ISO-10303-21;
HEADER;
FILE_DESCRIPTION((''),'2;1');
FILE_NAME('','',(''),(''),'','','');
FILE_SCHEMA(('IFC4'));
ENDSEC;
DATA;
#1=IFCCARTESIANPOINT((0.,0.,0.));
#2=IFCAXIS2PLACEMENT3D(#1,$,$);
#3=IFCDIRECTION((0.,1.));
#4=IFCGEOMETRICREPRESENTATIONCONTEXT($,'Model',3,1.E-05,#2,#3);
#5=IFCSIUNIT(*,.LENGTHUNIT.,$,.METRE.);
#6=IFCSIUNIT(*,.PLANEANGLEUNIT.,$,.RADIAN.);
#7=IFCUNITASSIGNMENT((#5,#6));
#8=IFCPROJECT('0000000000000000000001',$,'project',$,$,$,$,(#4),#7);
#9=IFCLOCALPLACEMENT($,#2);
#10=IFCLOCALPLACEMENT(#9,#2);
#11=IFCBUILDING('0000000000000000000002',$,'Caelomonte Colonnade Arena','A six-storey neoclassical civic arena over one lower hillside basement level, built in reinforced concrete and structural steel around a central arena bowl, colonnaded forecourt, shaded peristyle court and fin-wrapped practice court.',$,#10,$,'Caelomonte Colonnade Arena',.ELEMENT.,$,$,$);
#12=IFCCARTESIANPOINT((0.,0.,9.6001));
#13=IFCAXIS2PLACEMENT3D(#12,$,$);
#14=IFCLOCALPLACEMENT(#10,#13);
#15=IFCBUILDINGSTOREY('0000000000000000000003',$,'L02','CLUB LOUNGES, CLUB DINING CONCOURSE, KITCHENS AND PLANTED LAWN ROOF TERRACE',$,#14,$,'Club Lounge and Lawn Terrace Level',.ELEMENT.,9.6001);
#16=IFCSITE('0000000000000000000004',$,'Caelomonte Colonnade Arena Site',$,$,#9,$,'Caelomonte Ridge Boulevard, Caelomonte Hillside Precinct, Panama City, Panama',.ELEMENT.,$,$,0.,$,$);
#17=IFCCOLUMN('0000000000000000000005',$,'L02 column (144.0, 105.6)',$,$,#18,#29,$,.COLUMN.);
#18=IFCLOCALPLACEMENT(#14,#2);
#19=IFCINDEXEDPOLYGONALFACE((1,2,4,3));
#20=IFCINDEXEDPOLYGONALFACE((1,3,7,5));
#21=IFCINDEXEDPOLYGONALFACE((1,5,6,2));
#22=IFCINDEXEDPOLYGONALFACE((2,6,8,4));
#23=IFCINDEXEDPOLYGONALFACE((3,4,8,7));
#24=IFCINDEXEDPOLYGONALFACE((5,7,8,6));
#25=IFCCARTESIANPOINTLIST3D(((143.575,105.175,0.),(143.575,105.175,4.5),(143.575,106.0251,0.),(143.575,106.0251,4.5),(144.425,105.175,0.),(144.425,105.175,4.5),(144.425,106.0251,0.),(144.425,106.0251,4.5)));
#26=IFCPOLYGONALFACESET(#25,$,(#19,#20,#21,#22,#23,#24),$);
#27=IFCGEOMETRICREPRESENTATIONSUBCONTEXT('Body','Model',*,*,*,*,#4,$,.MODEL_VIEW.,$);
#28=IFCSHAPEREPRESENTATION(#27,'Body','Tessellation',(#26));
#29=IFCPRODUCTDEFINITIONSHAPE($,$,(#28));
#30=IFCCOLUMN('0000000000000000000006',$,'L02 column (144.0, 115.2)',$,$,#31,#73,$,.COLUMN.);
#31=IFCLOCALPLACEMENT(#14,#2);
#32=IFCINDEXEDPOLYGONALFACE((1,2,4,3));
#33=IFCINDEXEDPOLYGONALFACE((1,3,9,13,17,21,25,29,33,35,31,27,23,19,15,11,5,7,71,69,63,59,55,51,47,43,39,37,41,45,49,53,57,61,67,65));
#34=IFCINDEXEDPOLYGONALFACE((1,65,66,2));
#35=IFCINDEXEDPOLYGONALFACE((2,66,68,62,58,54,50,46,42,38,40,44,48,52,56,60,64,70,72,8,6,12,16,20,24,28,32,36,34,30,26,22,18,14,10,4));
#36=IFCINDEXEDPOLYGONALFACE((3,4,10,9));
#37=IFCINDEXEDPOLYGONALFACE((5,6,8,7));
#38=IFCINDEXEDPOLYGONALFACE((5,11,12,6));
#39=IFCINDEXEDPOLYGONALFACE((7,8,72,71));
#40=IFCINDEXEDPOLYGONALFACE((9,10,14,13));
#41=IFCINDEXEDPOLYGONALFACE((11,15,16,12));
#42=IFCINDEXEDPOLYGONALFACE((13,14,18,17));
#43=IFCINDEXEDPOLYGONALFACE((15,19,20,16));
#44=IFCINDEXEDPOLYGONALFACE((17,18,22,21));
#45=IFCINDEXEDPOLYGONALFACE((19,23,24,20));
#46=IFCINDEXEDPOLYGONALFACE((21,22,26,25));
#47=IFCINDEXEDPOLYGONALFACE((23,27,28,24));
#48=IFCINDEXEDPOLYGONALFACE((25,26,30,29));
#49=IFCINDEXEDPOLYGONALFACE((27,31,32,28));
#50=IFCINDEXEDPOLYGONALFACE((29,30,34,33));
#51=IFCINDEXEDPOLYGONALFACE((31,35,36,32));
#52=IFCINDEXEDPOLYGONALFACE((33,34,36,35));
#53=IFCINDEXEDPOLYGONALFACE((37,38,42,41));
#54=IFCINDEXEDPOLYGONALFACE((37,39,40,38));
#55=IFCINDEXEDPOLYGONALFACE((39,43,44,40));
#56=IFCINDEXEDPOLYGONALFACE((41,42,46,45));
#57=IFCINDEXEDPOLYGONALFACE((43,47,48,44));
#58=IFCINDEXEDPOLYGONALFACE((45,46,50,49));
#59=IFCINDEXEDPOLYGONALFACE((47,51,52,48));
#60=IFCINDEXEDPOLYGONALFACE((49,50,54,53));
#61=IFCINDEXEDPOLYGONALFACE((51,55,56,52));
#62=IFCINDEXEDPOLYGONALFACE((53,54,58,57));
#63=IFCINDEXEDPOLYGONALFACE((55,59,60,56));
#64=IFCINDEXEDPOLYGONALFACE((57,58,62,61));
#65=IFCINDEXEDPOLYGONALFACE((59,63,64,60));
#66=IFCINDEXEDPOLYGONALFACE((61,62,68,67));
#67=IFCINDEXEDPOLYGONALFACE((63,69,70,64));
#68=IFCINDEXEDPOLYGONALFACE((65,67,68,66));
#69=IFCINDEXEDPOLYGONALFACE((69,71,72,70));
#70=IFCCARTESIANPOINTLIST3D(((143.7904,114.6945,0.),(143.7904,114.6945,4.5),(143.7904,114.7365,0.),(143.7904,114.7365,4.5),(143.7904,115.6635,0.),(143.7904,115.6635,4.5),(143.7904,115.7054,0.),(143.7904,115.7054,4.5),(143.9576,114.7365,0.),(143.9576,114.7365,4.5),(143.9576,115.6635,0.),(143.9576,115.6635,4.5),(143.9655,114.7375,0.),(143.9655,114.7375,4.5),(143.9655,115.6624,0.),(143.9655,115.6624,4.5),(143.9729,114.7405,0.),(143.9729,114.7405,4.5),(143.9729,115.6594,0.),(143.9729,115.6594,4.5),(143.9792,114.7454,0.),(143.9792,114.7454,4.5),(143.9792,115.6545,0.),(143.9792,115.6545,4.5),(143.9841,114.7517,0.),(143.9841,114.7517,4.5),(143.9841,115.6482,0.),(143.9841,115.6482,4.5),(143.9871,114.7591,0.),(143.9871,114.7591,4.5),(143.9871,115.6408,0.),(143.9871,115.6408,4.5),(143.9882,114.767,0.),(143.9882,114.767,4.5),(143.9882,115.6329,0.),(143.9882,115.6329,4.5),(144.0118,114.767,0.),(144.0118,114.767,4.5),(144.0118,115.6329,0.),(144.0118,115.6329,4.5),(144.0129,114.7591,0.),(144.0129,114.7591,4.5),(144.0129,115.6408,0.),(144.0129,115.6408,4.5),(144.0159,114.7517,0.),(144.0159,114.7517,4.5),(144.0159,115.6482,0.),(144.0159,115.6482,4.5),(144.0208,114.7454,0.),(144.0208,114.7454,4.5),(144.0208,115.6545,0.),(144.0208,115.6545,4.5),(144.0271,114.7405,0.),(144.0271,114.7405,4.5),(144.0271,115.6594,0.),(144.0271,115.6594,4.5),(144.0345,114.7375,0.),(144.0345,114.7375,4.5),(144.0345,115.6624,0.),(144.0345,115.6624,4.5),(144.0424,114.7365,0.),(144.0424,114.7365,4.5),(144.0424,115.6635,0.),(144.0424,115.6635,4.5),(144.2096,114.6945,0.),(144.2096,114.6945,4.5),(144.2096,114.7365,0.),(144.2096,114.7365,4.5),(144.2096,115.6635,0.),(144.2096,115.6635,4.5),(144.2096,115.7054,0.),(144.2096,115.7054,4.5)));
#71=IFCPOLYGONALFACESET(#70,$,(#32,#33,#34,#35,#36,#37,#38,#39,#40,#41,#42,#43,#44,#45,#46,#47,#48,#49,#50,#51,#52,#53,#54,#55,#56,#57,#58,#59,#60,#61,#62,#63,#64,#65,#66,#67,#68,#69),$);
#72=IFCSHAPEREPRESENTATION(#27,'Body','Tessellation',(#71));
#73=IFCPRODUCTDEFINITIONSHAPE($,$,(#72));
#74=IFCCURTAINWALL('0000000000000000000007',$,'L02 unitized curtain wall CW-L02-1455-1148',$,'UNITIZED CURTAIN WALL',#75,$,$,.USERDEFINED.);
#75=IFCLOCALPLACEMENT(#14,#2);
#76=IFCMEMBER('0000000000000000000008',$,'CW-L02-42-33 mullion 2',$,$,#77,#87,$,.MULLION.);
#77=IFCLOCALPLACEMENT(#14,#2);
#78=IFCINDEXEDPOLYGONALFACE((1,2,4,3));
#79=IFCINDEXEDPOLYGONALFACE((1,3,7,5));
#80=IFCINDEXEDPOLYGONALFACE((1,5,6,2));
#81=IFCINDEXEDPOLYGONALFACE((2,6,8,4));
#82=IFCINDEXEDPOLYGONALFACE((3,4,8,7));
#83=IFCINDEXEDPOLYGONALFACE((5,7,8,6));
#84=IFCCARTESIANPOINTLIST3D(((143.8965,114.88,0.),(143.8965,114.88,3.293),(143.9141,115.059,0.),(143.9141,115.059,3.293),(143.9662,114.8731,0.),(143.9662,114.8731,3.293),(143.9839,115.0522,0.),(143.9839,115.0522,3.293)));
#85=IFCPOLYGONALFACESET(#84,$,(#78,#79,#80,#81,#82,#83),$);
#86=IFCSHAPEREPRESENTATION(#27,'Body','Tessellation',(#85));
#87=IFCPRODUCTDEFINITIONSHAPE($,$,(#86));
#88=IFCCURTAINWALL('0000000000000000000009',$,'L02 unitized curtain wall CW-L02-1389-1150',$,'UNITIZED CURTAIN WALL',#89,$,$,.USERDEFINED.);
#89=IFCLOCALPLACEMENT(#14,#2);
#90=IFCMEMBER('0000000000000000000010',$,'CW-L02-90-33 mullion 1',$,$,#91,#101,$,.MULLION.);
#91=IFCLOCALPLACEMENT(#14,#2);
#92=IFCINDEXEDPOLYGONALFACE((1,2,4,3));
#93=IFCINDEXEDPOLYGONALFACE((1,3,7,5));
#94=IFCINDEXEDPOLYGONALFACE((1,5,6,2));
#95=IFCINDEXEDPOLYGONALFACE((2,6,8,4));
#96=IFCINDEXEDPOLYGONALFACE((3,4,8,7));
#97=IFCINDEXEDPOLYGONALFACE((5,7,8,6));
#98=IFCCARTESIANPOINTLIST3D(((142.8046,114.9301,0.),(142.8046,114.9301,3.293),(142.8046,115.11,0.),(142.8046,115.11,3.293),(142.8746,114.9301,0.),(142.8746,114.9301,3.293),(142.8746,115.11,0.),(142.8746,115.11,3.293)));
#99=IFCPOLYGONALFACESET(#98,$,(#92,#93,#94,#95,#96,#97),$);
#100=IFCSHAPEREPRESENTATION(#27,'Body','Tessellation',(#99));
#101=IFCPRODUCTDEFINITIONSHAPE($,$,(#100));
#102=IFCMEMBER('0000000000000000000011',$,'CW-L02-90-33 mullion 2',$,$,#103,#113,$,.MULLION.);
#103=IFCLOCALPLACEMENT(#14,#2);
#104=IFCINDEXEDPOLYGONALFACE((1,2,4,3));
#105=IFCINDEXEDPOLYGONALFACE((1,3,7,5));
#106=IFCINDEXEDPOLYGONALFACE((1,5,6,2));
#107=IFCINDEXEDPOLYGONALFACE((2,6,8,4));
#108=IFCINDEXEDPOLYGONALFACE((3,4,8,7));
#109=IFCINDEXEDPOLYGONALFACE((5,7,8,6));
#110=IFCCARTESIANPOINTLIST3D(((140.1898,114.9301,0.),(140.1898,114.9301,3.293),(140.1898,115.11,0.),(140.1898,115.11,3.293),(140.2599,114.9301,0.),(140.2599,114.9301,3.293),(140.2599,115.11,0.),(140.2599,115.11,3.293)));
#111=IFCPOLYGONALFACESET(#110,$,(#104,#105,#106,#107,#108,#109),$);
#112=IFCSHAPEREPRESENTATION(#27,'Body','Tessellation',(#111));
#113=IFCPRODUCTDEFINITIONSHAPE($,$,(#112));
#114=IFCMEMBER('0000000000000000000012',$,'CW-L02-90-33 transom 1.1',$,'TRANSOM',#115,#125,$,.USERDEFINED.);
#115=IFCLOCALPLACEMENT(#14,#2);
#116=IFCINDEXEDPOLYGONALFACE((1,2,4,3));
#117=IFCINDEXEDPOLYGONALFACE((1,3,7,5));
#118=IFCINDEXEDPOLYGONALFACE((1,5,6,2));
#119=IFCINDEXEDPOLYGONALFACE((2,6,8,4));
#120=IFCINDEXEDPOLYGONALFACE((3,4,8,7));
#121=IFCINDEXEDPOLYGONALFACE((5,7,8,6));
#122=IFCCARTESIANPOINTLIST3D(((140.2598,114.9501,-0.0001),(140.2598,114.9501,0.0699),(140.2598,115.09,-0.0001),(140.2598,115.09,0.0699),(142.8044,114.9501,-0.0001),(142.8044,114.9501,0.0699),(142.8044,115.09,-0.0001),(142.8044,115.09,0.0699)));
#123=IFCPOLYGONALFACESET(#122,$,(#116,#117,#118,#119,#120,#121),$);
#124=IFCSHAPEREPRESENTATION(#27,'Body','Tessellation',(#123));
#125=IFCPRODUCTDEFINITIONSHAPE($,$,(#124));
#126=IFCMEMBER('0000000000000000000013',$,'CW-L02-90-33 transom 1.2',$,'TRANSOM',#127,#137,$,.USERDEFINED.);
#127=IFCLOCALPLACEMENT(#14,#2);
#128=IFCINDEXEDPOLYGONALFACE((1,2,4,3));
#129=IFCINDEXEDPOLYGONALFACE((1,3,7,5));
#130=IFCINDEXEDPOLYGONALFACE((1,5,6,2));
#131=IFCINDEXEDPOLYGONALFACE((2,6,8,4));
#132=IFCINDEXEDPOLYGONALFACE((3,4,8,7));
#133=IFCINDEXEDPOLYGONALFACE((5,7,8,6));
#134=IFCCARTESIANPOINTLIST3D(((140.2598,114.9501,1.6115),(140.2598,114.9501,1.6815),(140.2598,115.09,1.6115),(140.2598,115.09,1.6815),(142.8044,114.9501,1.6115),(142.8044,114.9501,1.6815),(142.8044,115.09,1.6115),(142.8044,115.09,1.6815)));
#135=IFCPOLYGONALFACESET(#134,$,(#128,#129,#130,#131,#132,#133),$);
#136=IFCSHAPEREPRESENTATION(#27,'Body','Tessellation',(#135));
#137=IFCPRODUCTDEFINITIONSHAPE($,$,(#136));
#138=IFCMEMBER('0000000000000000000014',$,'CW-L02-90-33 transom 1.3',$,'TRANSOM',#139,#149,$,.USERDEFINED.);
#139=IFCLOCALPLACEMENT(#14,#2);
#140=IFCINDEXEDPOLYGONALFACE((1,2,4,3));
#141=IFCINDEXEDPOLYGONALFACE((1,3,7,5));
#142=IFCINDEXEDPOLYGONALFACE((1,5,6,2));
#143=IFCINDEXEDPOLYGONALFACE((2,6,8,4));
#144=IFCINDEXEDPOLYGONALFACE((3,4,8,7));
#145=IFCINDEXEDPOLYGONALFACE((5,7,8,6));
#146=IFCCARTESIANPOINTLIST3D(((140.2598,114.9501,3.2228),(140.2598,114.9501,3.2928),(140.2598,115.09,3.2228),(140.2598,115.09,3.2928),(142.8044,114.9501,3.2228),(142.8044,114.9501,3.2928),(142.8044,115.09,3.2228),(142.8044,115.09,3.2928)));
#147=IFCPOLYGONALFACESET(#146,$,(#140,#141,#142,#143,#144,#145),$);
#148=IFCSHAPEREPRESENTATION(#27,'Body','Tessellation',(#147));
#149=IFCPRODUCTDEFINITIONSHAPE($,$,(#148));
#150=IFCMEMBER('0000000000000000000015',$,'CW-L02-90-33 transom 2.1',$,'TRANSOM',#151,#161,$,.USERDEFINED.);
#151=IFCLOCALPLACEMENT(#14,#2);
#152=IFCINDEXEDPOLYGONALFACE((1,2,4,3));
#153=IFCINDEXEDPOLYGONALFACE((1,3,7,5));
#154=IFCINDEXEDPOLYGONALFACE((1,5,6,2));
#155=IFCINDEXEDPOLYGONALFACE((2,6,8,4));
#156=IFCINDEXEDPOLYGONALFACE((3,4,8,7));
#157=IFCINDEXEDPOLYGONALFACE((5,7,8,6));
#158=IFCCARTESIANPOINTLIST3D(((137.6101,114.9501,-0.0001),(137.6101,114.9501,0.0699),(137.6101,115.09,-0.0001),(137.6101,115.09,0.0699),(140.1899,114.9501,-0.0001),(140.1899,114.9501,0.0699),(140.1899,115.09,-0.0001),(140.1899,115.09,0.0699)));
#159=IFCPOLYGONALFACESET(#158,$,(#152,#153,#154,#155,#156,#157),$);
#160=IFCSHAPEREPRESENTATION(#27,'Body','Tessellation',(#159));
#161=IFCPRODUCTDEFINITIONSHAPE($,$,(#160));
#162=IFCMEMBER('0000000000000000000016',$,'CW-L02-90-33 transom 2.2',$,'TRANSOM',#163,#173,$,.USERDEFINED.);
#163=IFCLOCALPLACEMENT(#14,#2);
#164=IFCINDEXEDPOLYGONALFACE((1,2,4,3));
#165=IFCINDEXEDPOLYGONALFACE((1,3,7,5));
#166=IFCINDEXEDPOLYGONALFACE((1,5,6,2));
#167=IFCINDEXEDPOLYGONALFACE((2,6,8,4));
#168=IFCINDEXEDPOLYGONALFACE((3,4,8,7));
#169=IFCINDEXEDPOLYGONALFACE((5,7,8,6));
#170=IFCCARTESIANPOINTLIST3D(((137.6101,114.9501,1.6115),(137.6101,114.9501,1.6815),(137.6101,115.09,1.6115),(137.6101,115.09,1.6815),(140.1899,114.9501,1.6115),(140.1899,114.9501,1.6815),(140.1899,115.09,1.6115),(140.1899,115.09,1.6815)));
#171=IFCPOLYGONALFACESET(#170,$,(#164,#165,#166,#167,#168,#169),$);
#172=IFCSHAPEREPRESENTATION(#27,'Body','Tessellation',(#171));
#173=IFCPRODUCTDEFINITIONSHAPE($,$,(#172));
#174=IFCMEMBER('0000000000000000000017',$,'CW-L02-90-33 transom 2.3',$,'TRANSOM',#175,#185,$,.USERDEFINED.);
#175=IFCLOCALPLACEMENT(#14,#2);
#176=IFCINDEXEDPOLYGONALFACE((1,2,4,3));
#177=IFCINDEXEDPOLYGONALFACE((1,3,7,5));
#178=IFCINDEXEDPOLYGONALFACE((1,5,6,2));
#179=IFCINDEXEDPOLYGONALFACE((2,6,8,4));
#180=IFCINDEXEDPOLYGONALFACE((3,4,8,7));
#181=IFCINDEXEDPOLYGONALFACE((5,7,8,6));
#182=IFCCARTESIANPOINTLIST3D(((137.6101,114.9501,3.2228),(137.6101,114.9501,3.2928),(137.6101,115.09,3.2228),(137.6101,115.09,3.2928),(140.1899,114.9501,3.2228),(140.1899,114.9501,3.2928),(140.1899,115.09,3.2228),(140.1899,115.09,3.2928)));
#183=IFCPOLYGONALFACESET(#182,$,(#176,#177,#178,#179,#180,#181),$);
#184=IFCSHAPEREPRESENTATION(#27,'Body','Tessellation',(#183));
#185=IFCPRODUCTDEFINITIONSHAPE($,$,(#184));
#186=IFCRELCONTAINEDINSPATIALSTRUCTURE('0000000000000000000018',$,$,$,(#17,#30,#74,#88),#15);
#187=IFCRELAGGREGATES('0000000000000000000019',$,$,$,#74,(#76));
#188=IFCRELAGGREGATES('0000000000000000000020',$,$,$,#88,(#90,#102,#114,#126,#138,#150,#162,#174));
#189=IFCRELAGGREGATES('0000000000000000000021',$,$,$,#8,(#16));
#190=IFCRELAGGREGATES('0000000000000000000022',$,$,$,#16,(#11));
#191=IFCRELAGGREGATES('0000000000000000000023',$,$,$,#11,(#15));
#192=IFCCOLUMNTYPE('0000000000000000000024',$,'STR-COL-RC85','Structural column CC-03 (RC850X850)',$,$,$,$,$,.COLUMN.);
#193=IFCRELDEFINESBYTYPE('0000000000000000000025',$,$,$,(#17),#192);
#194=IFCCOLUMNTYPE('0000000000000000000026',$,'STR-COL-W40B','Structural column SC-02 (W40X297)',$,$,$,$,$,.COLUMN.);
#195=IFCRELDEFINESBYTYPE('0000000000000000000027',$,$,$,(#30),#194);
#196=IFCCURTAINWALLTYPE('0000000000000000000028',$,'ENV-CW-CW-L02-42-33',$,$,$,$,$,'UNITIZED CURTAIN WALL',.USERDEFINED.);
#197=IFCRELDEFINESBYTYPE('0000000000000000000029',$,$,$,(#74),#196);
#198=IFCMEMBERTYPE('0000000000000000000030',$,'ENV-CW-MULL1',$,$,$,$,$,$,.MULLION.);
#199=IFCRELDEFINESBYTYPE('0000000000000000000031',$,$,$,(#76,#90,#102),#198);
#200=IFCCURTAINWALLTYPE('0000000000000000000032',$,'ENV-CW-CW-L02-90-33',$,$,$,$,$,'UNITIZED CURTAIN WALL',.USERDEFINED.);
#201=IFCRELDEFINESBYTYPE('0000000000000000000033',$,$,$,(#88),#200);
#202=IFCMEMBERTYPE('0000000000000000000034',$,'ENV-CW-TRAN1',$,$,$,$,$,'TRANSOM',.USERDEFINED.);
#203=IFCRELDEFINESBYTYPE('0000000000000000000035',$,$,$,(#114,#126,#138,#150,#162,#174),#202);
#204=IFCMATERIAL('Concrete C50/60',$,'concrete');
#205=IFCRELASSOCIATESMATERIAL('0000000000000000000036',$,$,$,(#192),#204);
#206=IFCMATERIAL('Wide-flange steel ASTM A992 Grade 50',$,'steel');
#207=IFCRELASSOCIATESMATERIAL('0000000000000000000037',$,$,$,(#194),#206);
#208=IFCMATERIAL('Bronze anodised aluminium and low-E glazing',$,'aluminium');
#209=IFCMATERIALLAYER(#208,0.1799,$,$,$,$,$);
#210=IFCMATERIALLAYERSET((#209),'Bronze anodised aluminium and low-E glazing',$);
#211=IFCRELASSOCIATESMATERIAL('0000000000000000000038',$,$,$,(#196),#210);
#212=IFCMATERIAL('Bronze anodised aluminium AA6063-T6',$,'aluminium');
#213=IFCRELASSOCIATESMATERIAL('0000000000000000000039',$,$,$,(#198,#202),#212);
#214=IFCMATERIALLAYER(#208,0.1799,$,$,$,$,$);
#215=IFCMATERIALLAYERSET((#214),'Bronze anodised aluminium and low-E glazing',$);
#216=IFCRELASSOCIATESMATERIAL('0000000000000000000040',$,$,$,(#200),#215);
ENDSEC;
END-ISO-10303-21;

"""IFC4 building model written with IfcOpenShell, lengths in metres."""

from ifc_helpers import new_model, si_unit, direction, frame, origin, origin_2d, place, context, subcontext, project, spatial, rectangle, i_section, extrude, material, layer, layer_set, material_profile, profile_set, type_object, element, aggregate, save


model = new_model("IFC4")

# Units and contexts
model_context = context("Model", 3, precision=1e-05, world=origin(), true_north=direction((0.0, 1.0)))
body_context = subcontext(model_context, "Body", "Model", "MODEL_VIEW")
ifc_project = project(units=[si_unit("LENGTHUNIT", "METRE"), si_unit("PLANEANGLEUNIT", "RADIAN")], contexts=[model_context])

# Site, building, storey
site_placement = place(None, origin())
site = spatial("IfcSite", under=ifc_project, at=site_placement, Name="Caelomonte Colonnade Arena Site", LongName="Caelomonte Ridge Boulevard, Caelomonte Hillside Precinct, Panama City, Panama", CompositionType="ELEMENT", RefElevation=0.0)
building_placement = place(site_placement, origin())
building = spatial("IfcBuilding", under=site, at=building_placement, Name="Caelomonte Colonnade Arena", Description="A six-storey neoclassical civic arena over one lower hillside basement level, built in reinforced concrete and structural steel around a central arena bowl, colonnaded forecourt, shaded peristyle court and fin-wrapped practice court.", LongName="Caelomonte Colonnade Arena", CompositionType="ELEMENT")
storey_placement = place(building_placement, frame((0.0, 0.0, 9.6001)))
storey = spatial("IfcBuildingStorey", under=building, at=storey_placement, Name="L02", Description="CLUB LOUNGES, CLUB DINING CONCOURSE, KITCHENS AND PLANTED LAWN ROOF TERRACE", LongName="Club Lounge and Lawn Terrace Level", CompositionType="ELEMENT", Elevation=9.6001)

# Columns
ifc_material_1 = material(Name="Concrete C50/60", Category="concrete")
ifc_material_profile_1 = material_profile(ifc_material_1, rectangle(XDim=0.8501, YDim=0.8501, at=origin_2d()), Name="RC850X850")
ifc_profile_set_1 = profile_set([ifc_material_profile_1], Name="Concrete C50/60")
column_type_1 = type_object("IfcColumnType", Name="STR-COL-RC85", Description="Structural column CC-03 (RC850X850)", PredefinedType="COLUMN", material=ifc_profile_set_1)
column_1_placement = place(storey_placement, frame((144.0, 105.6001, 0.0), z_axis=(0.0, 0.0, 1.0), x_axis=(1.0, 0.0, 0.0)))
element("IfcColumn", 1, at=column_1_placement, inside=storey, type_object=column_type_1, Name="L02 column (144.0, 105.6)", PredefinedType="COLUMN", context=body_context, shape_type="SweptSolid", body=[
    extrude(rectangle(XDim=0.8501, YDim=0.8501, at=origin_2d()), origin(), (0.0, 0.0, 1.0), 4.5),
])
ifc_material_2 = material(Name="Wide-flange steel ASTM A992 Grade 50", Category="steel")
ifc_material_profile_2 = material_profile(ifc_material_2, i_section(OverallWidth=0.4192, OverallDepth=1.011, WebThickness=0.0237, FlangeThickness=0.042, FilletRadius=0.0305, at=origin_2d()), Name="W40X297")
ifc_profile_set_2 = profile_set([ifc_material_profile_2], Name="Wide-flange steel ASTM A992 Grade 50")
column_type_2 = type_object("IfcColumnType", Name="STR-COL-W40B", Description="Structural column SC-02 (W40X297)", PredefinedType="COLUMN", material=ifc_profile_set_2)
column_2_placement = place(storey_placement, frame((144.0, 115.2, 0.0), z_axis=(0.0, 0.0, 1.0), x_axis=(1.0, 0.0, 0.0)))
element("IfcColumn", 2, at=column_2_placement, inside=storey, type_object=column_type_2, Name="L02 column (144.0, 115.2)", PredefinedType="COLUMN", context=body_context, shape_type="SweptSolid", body=[
    extrude(i_section(OverallWidth=0.4192, OverallDepth=1.011, WebThickness=0.0237, FlangeThickness=0.042, FilletRadius=0.0305, at=origin_2d()), origin(), (0.0, 0.0, 1.0), 4.5),
])

# Curtain wall, member
ifc_material_3 = material(Name="Bronze anodised aluminium and low-E glazing", Category="aluminium")
ifc_layer_1 = layer(ifc_material_3, 0.1799)
ifc_layer_set_1 = layer_set([ifc_layer_1], Name="Bronze anodised aluminium and low-E glazing")
curtain_wall_type_1 = type_object("IfcCurtainWallType", Name="ENV-CW-CW-L02-42-33", ElementType="UNITIZED CURTAIN WALL", PredefinedType="USERDEFINED", material=ifc_layer_set_1)
curtain_wall_1_placement = place(storey_placement, origin())
curtain_wall_1 = element("IfcCurtainWall", 3, at=curtain_wall_1_placement, inside=storey, type_object=curtain_wall_type_1, Name="L02 unitized curtain wall CW-L02-1455-1148", ObjectType="UNITIZED CURTAIN WALL", PredefinedType="USERDEFINED")
ifc_material_4 = material(Name="Bronze anodised aluminium AA6063-T6", Category="aluminium")
ifc_material_profile_3 = material_profile(ifc_material_4, rectangle(XDim=0.0701, YDim=0.1799, at=origin_2d()), Name="CWM-70X180")
ifc_profile_set_3 = profile_set([ifc_material_profile_3], Name="Bronze anodised aluminium AA6063-T6")
member_type_1 = type_object("IfcMemberType", Name="ENV-CW-MULL1", PredefinedType="MULLION", material=ifc_profile_set_3)
member_1_placement = place(storey_placement, frame((143.9402, 114.9661, 0.0), z_axis=(0.0, 0.0, 1.0), x_axis=(-0.995184, 0.098023, 0.0)))
member_1 = element("IfcMember", 4, at=member_1_placement, type_object=member_type_1, Name="CW-L02-42-33 mullion 2", PredefinedType="MULLION", context=body_context, shape_type="SweptSolid", body=[
    extrude(rectangle(XDim=0.0701, YDim=0.1799, at=origin_2d()), origin(), (0.0, 0.0, 1.0), 3.293),
])

# Curtain wall, members
ifc_layer_2 = layer(ifc_material_3, 0.1799)
ifc_layer_set_2 = layer_set([ifc_layer_2], Name="Bronze anodised aluminium and low-E glazing")
curtain_wall_type_2 = type_object("IfcCurtainWallType", Name="ENV-CW-CW-L02-90-33", ElementType="UNITIZED CURTAIN WALL", PredefinedType="USERDEFINED", material=ifc_layer_set_2)
curtain_wall_2_placement = place(storey_placement, origin())
curtain_wall_2 = element("IfcCurtainWall", 5, at=curtain_wall_2_placement, inside=storey, type_object=curtain_wall_type_2, Name="L02 unitized curtain wall CW-L02-1389-1150", ObjectType="UNITIZED CURTAIN WALL", PredefinedType="USERDEFINED")
member_2_placement = place(storey_placement, frame((142.8396, 115.02, 0.0), z_axis=(0.0, 0.0, 1.0), x_axis=(-1.0, 0.0, 0.0)))
member_2 = element("IfcMember", 6, at=member_2_placement, type_object=member_type_1, Name="CW-L02-90-33 mullion 1", PredefinedType="MULLION", context=body_context, shape_type="SweptSolid", body=[
    extrude(rectangle(XDim=0.0701, YDim=0.1799, at=origin_2d()), origin(), (0.0, 0.0, 1.0), 3.293),
])
member_3_placement = place(storey_placement, frame((140.2249, 115.02, 0.0), z_axis=(0.0, 0.0, 1.0), x_axis=(-1.0, 0.0, 0.0)))
member_3 = element("IfcMember", 7, at=member_3_placement, type_object=member_type_1, Name="CW-L02-90-33 mullion 2", PredefinedType="MULLION", context=body_context, shape_type="SweptSolid", body=[
    extrude(rectangle(XDim=0.0701, YDim=0.1799, at=origin_2d()), origin(), (0.0, 0.0, 1.0), 3.293),
])
ifc_material_profile_4 = material_profile(ifc_material_4, rectangle(XDim=0.0701, YDim=0.1399, at=origin_2d()), Name="CWT-70X140")
ifc_profile_set_4 = profile_set([ifc_material_profile_4], Name="Bronze anodised aluminium AA6063-T6")
member_type_2 = type_object("IfcMemberType", Name="ENV-CW-TRAN1", ElementType="TRANSOM", PredefinedType="USERDEFINED", material=ifc_profile_set_4)
member_4_placement = place(storey_placement, frame((142.8044, 115.02, 0.0349), z_axis=(-1.0, 0.0, 0.0), x_axis=(0.0, 0.0, 1.0)))
member_4 = element("IfcMember", 8, at=member_4_placement, type_object=member_type_2, Name="CW-L02-90-33 transom 1.1", ObjectType="TRANSOM", PredefinedType="USERDEFINED", context=body_context, shape_type="SweptSolid", body=[
    extrude(rectangle(XDim=0.0701, YDim=0.1399, at=origin_2d()), origin(), (0.0, 0.0, 1.0), 2.5447),
])
member_5_placement = place(storey_placement, frame((142.8044, 115.02, 1.6465), z_axis=(-1.0, 0.0, 0.0), x_axis=(0.0, 0.0, 1.0)))
member_5 = element("IfcMember", 9, at=member_5_placement, type_object=member_type_2, Name="CW-L02-90-33 transom 1.2", ObjectType="TRANSOM", PredefinedType="USERDEFINED", context=body_context, shape_type="SweptSolid", body=[
    extrude(rectangle(XDim=0.0701, YDim=0.1399, at=origin_2d()), origin(), (0.0, 0.0, 1.0), 2.5447),
])
member_6_placement = place(storey_placement, frame((142.8044, 115.02, 3.2578), z_axis=(-1.0, 0.0, 0.0), x_axis=(0.0, 0.0, 1.0)))
member_6 = element("IfcMember", 10, at=member_6_placement, type_object=member_type_2, Name="CW-L02-90-33 transom 1.3", ObjectType="TRANSOM", PredefinedType="USERDEFINED", context=body_context, shape_type="SweptSolid", body=[
    extrude(rectangle(XDim=0.0701, YDim=0.1399, at=origin_2d()), origin(), (0.0, 0.0, 1.0), 2.5447),
])
member_7_placement = place(storey_placement, frame((140.1899, 115.02, 0.0349), z_axis=(-1.0, 0.0, 0.0), x_axis=(0.0, 0.0, 1.0)))
member_7 = element("IfcMember", 11, at=member_7_placement, type_object=member_type_2, Name="CW-L02-90-33 transom 2.1", ObjectType="TRANSOM", PredefinedType="USERDEFINED", context=body_context, shape_type="SweptSolid", body=[
    extrude(rectangle(XDim=0.0701, YDim=0.1399, at=origin_2d()), origin(), (0.0, 0.0, 1.0), 2.5798),
])
member_8_placement = place(storey_placement, frame((140.1899, 115.02, 1.6465), z_axis=(-1.0, 0.0, 0.0), x_axis=(0.0, 0.0, 1.0)))
member_8 = element("IfcMember", 12, at=member_8_placement, type_object=member_type_2, Name="CW-L02-90-33 transom 2.2", ObjectType="TRANSOM", PredefinedType="USERDEFINED", context=body_context, shape_type="SweptSolid", body=[
    extrude(rectangle(XDim=0.0701, YDim=0.1399, at=origin_2d()), origin(), (0.0, 0.0, 1.0), 2.5798),
])
member_9_placement = place(storey_placement, frame((140.1899, 115.02, 3.2578), z_axis=(-1.0, 0.0, 0.0), x_axis=(0.0, 0.0, 1.0)))
member_9 = element("IfcMember", 13, at=member_9_placement, type_object=member_type_2, Name="CW-L02-90-33 transom 2.3", ObjectType="TRANSOM", PredefinedType="USERDEFINED", context=body_context, shape_type="SweptSolid", body=[
    extrude(rectangle(XDim=0.0701, YDim=0.1399, at=origin_2d()), origin(), (0.0, 0.0, 1.0), 2.5798),
])

aggregate(curtain_wall_1, [member_1])
aggregate(curtain_wall_2, [member_2, member_3, member_4, member_5, member_6, member_7, member_8, member_9])

save(model, "model.ifc")
